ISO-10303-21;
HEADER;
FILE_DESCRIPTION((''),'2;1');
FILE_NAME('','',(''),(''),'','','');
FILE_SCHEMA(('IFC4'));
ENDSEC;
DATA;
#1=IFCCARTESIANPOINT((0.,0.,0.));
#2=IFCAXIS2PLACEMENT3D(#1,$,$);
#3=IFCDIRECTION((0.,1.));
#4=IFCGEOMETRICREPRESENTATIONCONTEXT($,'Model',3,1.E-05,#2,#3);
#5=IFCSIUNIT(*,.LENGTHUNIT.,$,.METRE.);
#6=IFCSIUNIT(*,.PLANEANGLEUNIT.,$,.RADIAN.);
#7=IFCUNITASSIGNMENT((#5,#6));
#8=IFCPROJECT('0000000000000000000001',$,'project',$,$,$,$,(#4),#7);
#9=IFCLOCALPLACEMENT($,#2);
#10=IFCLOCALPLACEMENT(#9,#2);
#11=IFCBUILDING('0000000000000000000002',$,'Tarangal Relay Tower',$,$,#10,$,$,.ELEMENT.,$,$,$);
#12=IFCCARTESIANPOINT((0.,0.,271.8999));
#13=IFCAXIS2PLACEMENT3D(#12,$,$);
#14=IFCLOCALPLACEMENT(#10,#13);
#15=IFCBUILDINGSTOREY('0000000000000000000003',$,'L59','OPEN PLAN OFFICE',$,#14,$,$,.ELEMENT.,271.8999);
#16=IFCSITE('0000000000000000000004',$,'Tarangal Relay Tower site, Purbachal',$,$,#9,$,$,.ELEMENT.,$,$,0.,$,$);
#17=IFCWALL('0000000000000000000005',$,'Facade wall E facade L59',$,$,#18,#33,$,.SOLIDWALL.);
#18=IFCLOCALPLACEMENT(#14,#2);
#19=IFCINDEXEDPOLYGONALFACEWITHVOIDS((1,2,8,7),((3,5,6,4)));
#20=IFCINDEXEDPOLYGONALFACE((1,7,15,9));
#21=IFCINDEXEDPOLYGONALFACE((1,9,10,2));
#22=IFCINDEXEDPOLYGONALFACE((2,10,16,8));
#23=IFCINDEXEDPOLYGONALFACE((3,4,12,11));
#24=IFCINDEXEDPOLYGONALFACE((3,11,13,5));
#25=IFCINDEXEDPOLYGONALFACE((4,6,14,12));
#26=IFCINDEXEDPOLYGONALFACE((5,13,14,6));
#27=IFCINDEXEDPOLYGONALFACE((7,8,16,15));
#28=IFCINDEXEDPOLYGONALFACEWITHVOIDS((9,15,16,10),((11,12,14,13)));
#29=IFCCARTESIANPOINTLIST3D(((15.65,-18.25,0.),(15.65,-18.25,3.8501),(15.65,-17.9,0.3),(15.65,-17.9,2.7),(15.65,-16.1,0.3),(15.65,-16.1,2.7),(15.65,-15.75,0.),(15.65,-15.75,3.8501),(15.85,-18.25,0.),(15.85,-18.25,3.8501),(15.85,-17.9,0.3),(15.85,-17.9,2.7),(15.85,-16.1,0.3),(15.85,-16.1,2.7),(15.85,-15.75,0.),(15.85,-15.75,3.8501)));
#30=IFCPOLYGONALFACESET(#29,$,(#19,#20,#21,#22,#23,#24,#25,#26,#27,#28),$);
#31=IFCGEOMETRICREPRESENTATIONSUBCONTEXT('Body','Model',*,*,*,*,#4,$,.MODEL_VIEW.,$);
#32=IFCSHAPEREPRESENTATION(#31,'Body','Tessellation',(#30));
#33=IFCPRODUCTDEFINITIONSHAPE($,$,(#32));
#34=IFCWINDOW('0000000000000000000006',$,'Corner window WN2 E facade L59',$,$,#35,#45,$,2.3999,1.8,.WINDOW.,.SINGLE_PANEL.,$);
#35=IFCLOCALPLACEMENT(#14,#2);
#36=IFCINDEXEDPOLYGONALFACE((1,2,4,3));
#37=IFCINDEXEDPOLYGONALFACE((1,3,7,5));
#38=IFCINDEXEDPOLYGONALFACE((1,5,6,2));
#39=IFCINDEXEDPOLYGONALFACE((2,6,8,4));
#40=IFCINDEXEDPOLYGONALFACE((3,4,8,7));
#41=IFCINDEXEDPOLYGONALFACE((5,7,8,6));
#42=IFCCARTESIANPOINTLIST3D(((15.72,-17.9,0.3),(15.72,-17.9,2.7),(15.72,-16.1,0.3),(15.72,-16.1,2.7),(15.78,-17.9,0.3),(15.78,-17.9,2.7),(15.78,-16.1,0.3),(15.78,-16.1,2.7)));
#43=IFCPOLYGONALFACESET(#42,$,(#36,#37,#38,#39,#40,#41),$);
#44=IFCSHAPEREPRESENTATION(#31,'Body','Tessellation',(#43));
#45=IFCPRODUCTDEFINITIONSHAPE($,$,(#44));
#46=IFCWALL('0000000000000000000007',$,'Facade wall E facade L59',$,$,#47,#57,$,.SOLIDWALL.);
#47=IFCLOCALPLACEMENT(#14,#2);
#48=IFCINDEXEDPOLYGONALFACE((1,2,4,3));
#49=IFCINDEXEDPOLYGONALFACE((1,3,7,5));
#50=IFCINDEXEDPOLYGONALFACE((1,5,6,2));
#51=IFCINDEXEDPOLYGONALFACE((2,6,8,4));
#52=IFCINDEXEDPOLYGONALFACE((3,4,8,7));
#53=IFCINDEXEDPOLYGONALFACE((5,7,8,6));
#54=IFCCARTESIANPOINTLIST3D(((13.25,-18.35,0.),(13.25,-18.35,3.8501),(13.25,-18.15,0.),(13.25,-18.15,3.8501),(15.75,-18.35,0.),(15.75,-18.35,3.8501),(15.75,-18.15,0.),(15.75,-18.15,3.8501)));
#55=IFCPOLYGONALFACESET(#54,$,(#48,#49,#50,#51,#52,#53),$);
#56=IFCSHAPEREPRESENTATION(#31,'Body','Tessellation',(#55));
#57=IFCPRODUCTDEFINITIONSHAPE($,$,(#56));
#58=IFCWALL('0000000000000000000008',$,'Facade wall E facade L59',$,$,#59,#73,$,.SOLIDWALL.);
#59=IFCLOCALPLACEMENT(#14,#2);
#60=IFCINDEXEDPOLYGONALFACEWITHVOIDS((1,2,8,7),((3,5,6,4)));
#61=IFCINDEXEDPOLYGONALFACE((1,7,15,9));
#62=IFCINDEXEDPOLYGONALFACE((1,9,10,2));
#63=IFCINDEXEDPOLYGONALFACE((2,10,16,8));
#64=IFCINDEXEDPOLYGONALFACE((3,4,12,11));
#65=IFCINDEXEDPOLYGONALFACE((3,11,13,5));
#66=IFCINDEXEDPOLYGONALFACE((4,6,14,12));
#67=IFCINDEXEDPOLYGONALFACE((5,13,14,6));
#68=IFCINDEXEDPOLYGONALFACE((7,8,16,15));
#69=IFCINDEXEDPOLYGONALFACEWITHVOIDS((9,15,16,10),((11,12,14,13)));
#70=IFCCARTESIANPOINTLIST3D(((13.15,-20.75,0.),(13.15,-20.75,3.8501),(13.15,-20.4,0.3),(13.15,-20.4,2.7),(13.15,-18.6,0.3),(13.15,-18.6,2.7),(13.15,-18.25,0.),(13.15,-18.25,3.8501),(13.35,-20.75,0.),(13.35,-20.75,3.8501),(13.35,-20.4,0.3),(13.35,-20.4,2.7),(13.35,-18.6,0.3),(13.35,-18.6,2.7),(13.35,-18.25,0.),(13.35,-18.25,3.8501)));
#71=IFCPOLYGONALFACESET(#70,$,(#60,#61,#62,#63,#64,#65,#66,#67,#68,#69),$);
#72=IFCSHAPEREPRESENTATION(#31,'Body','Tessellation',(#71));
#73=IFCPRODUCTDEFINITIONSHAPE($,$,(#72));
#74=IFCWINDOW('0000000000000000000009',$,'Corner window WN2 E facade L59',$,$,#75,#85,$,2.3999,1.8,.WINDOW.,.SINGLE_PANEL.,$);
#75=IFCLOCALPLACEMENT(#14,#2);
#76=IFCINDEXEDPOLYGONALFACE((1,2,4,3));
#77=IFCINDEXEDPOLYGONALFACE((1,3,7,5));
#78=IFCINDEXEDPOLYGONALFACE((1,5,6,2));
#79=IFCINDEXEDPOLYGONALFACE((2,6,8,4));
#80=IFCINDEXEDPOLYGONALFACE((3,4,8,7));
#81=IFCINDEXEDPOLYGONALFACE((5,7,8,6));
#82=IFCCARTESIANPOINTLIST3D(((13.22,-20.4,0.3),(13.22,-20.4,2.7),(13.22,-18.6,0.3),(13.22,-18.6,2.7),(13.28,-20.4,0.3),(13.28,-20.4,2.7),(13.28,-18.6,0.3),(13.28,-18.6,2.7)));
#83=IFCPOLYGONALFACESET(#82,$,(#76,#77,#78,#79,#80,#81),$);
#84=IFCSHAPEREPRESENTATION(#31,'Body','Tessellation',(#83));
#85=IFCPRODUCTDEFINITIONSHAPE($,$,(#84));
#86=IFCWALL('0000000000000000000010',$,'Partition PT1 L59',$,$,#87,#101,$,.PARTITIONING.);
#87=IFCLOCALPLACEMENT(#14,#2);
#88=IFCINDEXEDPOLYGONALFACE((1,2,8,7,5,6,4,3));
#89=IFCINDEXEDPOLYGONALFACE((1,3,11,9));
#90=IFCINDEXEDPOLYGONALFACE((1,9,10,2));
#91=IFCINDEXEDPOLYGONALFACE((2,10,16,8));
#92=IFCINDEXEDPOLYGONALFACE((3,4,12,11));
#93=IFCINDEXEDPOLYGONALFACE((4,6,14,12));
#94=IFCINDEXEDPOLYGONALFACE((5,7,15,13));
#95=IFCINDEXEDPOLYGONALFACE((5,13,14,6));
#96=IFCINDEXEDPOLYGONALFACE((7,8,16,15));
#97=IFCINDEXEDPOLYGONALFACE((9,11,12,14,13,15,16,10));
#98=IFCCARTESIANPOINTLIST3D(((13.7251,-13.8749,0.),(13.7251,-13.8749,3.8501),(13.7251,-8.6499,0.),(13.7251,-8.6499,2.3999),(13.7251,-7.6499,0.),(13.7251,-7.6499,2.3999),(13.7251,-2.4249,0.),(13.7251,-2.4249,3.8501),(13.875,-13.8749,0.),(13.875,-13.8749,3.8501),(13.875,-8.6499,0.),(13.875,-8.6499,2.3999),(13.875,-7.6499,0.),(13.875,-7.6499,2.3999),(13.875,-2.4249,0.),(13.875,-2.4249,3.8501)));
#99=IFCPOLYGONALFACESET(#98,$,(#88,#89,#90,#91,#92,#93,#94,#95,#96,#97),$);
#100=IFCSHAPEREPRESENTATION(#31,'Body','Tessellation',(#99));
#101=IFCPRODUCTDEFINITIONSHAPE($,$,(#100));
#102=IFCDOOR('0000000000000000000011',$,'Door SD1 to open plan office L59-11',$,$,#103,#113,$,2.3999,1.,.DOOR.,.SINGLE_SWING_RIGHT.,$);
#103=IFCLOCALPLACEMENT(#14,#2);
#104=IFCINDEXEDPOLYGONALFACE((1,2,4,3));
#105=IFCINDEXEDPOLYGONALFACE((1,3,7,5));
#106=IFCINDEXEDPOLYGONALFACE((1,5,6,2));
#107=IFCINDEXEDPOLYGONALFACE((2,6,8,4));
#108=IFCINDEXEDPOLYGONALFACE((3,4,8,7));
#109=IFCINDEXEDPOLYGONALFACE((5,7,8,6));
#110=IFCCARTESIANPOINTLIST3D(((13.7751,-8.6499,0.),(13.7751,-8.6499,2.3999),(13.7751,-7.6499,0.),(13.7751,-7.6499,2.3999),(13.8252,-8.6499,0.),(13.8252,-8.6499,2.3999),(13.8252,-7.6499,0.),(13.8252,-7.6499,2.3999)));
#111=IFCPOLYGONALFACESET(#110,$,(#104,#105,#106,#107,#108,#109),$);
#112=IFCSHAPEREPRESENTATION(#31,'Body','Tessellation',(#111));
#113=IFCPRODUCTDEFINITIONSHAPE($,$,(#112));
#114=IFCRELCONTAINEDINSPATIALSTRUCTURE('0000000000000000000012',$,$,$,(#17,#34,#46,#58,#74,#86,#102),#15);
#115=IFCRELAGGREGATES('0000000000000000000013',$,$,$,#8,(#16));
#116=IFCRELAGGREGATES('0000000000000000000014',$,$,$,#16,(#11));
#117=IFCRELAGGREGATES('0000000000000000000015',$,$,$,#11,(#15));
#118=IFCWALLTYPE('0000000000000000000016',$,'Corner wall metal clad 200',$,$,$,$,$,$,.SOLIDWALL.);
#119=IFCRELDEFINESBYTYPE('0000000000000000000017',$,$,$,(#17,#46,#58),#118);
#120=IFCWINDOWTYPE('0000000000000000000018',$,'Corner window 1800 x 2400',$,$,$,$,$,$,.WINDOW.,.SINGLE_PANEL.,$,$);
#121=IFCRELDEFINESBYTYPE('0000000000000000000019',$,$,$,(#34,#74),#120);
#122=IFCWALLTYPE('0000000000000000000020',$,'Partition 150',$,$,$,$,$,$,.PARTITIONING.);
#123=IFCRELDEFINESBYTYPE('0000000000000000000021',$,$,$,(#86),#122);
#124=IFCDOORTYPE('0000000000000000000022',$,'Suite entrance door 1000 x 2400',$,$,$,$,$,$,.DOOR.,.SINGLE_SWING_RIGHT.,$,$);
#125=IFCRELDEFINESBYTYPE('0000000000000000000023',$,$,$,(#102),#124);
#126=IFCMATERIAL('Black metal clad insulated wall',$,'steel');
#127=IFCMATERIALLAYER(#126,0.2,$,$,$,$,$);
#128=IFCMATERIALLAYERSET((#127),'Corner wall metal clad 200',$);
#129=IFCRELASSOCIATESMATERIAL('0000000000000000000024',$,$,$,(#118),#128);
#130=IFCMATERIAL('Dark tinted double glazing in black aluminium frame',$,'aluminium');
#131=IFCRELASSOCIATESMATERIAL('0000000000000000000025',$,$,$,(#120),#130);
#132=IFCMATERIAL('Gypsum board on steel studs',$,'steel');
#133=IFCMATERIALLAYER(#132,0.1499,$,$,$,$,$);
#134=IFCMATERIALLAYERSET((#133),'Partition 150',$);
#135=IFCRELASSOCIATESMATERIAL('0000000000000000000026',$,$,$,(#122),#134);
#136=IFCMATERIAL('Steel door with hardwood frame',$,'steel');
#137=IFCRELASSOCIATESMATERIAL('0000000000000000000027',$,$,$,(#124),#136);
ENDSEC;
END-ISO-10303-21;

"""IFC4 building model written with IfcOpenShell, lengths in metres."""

from ifc_helpers import new_model, si_unit, direction, frame, frame_2d, origin, place, context, subcontext, project, spatial, rectangle, extrude, material, layer, layer_set, type_object, element, fill, save


model = new_model("IFC4")

# Units and contexts
model_context = context("Model", 3, precision=1e-05, world=origin(), true_north=direction((0.0, 1.0)))
body_context = subcontext(model_context, "Body", "Model", "MODEL_VIEW")
ifc_project = project(units=[si_unit("LENGTHUNIT", "METRE"), si_unit("PLANEANGLEUNIT", "RADIAN")], contexts=[model_context])

# Site, building, storey
site_placement = place(None, origin())
site = spatial("IfcSite", under=ifc_project, at=site_placement, Name="Tarangal Relay Tower site, Purbachal", CompositionType="ELEMENT", RefElevation=0.0)
building_placement = place(site_placement, origin())
building = spatial("IfcBuilding", under=site, at=building_placement, Name="Tarangal Relay Tower", CompositionType="ELEMENT")
storey_placement = place(building_placement, frame((0.0, 0.0, 271.8999)))
storey = spatial("IfcBuildingStorey", under=building, at=storey_placement, Name="L59", Description="OPEN PLAN OFFICE", CompositionType="ELEMENT", Elevation=271.8999)

# Shared definitions
ifc_material_1 = material(Name="Steel door with hardwood frame", Category="steel")

# Shared definitions
ifc_material_2 = material(Name="Black metal clad insulated wall", Category="steel")
ifc_layer_1 = layer(ifc_material_2, 0.2)
ifc_layer_set_1 = layer_set([ifc_layer_1], Name="Corner wall metal clad 200")
wall_type_1 = type_object("IfcWallType", Name="Corner wall metal clad 200", PredefinedType="SOLIDWALL", material=ifc_layer_set_1)

# Shared definitions
ifc_material_3 = material(Name="Dark tinted double glazing in black aluminium frame", Category="aluminium")
window_type = type_object("IfcWindowType", Name="Corner window 1800 x 2400", PartitioningType="SINGLE_PANEL", PredefinedType="WINDOW", material=ifc_material_3)

# Wall, opening, window
wall_1_placement = place(storey_placement, frame((15.75, -15.75, 0.0), z_axis=(0.0, 0.0, 1.0), x_axis=(0.0, -1.0, 0.0)))
wall_1 = element("IfcWall", 1, at=wall_1_placement, inside=storey, type_object=wall_type_1, Name="Facade wall E facade L59", PredefinedType="SOLIDWALL", context=body_context, shape_type="SweptSolid", body=[
    extrude(rectangle(XDim=2.5, YDim=0.2, at=frame_2d((1.25, 0.0))), origin(), (0.0, 0.0, 1.0), 3.8501),
])
opening_1_placement = place(wall_1_placement, frame((0.3501, 0.0, 0.3)))
opening_1 = element("IfcOpeningElement", 2, at=opening_1_placement, cuts=wall_1, PredefinedType="OPENING", context=body_context, shape_type="SweptSolid", body=[
    extrude(rectangle(XDim=1.8, YDim=2.3999, at=frame_2d((0.8999, 1.2))), frame((0.0, 0.1099, 0.0), z_axis=(0.0, -1.0, 0.0), x_axis=(1.0, 0.0, 0.0)), (0.0, 0.0, 1.0), 0.22),
])
window_1_placement = place(opening_1_placement, origin())
window_1 = element("IfcWindow", 3, at=window_1_placement, inside=storey, type_object=window_type, Name="Corner window WN2 E facade L59", OverallHeight=2.3999, OverallWidth=1.8, PartitioningType="SINGLE_PANEL", PredefinedType="WINDOW", context=body_context, shape_type="SweptSolid", body=[
    extrude(rectangle(XDim=1.8, YDim=2.3999, at=frame_2d((0.8999, 1.2))), frame((0.0, 0.03, 0.0), z_axis=(0.0, -1.0, 0.0), x_axis=(1.0, 0.0, 0.0)), (0.0, 0.0, 1.0), 0.0601),
])
fill(opening_1, window_1)

# Wall
wall_2_placement = place(storey_placement, frame((15.75, -18.25, 0.0), z_axis=(0.0, 0.0, 1.0), x_axis=(-1.0, 0.0, 0.0)))
element("IfcWall", 4, at=wall_2_placement, inside=storey, type_object=wall_type_1, Name="Facade wall E facade L59", PredefinedType="SOLIDWALL", context=body_context, shape_type="SweptSolid", body=[
    extrude(rectangle(XDim=2.5, YDim=0.2, at=frame_2d((1.25, 0.0))), origin(), (0.0, 0.0, 1.0), 3.8501),
])

# Wall, opening, window
wall_3_placement = place(storey_placement, frame((13.25, -18.25, 0.0), z_axis=(0.0, 0.0, 1.0), x_axis=(0.0, -1.0, 0.0)))
wall_3 = element("IfcWall", 5, at=wall_3_placement, inside=storey, type_object=wall_type_1, Name="Facade wall E facade L59", PredefinedType="SOLIDWALL", context=body_context, shape_type="SweptSolid", body=[
    extrude(rectangle(XDim=2.5, YDim=0.2, at=frame_2d((1.25, 0.0))), origin(), (0.0, 0.0, 1.0), 3.8501),
])
opening_2_placement = place(wall_3_placement, frame((0.3501, 0.0, 0.3)))
opening_2 = element("IfcOpeningElement", 6, at=opening_2_placement, cuts=wall_3, PredefinedType="OPENING", context=body_context, shape_type="SweptSolid", body=[
    extrude(rectangle(XDim=1.8, YDim=2.3999, at=frame_2d((0.8999, 1.2))), frame((0.0, 0.1099, 0.0), z_axis=(0.0, -1.0, 0.0), x_axis=(1.0, 0.0, 0.0)), (0.0, 0.0, 1.0), 0.22),
])
window_2_placement = place(opening_2_placement, origin())
window_2 = element("IfcWindow", 7, at=window_2_placement, inside=storey, type_object=window_type, Name="Corner window WN2 E facade L59", OverallHeight=2.3999, OverallWidth=1.8, PartitioningType="SINGLE_PANEL", PredefinedType="WINDOW", context=body_context, shape_type="SweptSolid", body=[
    extrude(rectangle(XDim=1.8, YDim=2.3999, at=frame_2d((0.8999, 1.2))), frame((0.0, 0.03, 0.0), z_axis=(0.0, -1.0, 0.0), x_axis=(1.0, 0.0, 0.0)), (0.0, 0.0, 1.0), 0.0601),
])
fill(opening_2, window_2)

# Wall, opening, door
ifc_material_4 = material(Name="Gypsum board on steel studs", Category="steel")
ifc_layer_2 = layer(ifc_material_4, 0.1499)
ifc_layer_set_2 = layer_set([ifc_layer_2], Name="Partition 150")
wall_type_2 = type_object("IfcWallType", Name="Partition 150", PredefinedType="PARTITIONING", material=ifc_layer_set_2)
wall_4_placement = place(storey_placement, frame((13.8, -13.875, 0.0), z_axis=(0.0, 0.0, 1.0), x_axis=(0.0, 1.0, 0.0)))
wall_4 = element("IfcWall", 8, at=wall_4_placement, inside=storey, type_object=wall_type_2, Name="Partition PT1 L59", PredefinedType="PARTITIONING", context=body_context, shape_type="SweptSolid", body=[
    extrude(rectangle(XDim=11.45, YDim=0.1499, at=frame_2d((5.7251, 0.0))), origin(), (0.0, 0.0, 1.0), 3.8501),
])
opening_3_placement = place(wall_4_placement, frame((5.2251, 0.0, 0.0)))
opening_3 = element("IfcOpeningElement", 9, at=opening_3_placement, cuts=wall_4, PredefinedType="OPENING", context=body_context, shape_type="SweptSolid", body=[
    extrude(rectangle(XDim=1.0, YDim=2.3999, at=frame_2d((0.5, 1.2))), frame((0.0, 0.085, 0.0), z_axis=(0.0, -1.0, 0.0), x_axis=(1.0, 0.0, 0.0)), (0.0, 0.0, 1.0), 0.1699),
])
door_type_1 = type_object("IfcDoorType", Name="Suite entrance door 1000 x 2400", OperationType="SINGLE_SWING_RIGHT", PredefinedType="DOOR", material=ifc_material_1)
door_1_placement = place(opening_3_placement, origin())
door_1 = element("IfcDoor", 10, at=door_1_placement, inside=storey, type_object=door_type_1, Name="Door SD1 to open plan office L59-11", OperationType="SINGLE_SWING_RIGHT", OverallHeight=2.3999, OverallWidth=1.0, PredefinedType="DOOR", context=body_context, shape_type="SweptSolid", body=[
    extrude(rectangle(XDim=1.0, YDim=2.3999, at=frame_2d((0.5, 1.2))), frame((0.0, 0.0249, 0.0), z_axis=(0.0, -1.0, 0.0), x_axis=(1.0, 0.0, 0.0)), (0.0, 0.0, 1.0), 0.05),
])
fill(opening_3, door_1)

save(model, "model.ifc")
